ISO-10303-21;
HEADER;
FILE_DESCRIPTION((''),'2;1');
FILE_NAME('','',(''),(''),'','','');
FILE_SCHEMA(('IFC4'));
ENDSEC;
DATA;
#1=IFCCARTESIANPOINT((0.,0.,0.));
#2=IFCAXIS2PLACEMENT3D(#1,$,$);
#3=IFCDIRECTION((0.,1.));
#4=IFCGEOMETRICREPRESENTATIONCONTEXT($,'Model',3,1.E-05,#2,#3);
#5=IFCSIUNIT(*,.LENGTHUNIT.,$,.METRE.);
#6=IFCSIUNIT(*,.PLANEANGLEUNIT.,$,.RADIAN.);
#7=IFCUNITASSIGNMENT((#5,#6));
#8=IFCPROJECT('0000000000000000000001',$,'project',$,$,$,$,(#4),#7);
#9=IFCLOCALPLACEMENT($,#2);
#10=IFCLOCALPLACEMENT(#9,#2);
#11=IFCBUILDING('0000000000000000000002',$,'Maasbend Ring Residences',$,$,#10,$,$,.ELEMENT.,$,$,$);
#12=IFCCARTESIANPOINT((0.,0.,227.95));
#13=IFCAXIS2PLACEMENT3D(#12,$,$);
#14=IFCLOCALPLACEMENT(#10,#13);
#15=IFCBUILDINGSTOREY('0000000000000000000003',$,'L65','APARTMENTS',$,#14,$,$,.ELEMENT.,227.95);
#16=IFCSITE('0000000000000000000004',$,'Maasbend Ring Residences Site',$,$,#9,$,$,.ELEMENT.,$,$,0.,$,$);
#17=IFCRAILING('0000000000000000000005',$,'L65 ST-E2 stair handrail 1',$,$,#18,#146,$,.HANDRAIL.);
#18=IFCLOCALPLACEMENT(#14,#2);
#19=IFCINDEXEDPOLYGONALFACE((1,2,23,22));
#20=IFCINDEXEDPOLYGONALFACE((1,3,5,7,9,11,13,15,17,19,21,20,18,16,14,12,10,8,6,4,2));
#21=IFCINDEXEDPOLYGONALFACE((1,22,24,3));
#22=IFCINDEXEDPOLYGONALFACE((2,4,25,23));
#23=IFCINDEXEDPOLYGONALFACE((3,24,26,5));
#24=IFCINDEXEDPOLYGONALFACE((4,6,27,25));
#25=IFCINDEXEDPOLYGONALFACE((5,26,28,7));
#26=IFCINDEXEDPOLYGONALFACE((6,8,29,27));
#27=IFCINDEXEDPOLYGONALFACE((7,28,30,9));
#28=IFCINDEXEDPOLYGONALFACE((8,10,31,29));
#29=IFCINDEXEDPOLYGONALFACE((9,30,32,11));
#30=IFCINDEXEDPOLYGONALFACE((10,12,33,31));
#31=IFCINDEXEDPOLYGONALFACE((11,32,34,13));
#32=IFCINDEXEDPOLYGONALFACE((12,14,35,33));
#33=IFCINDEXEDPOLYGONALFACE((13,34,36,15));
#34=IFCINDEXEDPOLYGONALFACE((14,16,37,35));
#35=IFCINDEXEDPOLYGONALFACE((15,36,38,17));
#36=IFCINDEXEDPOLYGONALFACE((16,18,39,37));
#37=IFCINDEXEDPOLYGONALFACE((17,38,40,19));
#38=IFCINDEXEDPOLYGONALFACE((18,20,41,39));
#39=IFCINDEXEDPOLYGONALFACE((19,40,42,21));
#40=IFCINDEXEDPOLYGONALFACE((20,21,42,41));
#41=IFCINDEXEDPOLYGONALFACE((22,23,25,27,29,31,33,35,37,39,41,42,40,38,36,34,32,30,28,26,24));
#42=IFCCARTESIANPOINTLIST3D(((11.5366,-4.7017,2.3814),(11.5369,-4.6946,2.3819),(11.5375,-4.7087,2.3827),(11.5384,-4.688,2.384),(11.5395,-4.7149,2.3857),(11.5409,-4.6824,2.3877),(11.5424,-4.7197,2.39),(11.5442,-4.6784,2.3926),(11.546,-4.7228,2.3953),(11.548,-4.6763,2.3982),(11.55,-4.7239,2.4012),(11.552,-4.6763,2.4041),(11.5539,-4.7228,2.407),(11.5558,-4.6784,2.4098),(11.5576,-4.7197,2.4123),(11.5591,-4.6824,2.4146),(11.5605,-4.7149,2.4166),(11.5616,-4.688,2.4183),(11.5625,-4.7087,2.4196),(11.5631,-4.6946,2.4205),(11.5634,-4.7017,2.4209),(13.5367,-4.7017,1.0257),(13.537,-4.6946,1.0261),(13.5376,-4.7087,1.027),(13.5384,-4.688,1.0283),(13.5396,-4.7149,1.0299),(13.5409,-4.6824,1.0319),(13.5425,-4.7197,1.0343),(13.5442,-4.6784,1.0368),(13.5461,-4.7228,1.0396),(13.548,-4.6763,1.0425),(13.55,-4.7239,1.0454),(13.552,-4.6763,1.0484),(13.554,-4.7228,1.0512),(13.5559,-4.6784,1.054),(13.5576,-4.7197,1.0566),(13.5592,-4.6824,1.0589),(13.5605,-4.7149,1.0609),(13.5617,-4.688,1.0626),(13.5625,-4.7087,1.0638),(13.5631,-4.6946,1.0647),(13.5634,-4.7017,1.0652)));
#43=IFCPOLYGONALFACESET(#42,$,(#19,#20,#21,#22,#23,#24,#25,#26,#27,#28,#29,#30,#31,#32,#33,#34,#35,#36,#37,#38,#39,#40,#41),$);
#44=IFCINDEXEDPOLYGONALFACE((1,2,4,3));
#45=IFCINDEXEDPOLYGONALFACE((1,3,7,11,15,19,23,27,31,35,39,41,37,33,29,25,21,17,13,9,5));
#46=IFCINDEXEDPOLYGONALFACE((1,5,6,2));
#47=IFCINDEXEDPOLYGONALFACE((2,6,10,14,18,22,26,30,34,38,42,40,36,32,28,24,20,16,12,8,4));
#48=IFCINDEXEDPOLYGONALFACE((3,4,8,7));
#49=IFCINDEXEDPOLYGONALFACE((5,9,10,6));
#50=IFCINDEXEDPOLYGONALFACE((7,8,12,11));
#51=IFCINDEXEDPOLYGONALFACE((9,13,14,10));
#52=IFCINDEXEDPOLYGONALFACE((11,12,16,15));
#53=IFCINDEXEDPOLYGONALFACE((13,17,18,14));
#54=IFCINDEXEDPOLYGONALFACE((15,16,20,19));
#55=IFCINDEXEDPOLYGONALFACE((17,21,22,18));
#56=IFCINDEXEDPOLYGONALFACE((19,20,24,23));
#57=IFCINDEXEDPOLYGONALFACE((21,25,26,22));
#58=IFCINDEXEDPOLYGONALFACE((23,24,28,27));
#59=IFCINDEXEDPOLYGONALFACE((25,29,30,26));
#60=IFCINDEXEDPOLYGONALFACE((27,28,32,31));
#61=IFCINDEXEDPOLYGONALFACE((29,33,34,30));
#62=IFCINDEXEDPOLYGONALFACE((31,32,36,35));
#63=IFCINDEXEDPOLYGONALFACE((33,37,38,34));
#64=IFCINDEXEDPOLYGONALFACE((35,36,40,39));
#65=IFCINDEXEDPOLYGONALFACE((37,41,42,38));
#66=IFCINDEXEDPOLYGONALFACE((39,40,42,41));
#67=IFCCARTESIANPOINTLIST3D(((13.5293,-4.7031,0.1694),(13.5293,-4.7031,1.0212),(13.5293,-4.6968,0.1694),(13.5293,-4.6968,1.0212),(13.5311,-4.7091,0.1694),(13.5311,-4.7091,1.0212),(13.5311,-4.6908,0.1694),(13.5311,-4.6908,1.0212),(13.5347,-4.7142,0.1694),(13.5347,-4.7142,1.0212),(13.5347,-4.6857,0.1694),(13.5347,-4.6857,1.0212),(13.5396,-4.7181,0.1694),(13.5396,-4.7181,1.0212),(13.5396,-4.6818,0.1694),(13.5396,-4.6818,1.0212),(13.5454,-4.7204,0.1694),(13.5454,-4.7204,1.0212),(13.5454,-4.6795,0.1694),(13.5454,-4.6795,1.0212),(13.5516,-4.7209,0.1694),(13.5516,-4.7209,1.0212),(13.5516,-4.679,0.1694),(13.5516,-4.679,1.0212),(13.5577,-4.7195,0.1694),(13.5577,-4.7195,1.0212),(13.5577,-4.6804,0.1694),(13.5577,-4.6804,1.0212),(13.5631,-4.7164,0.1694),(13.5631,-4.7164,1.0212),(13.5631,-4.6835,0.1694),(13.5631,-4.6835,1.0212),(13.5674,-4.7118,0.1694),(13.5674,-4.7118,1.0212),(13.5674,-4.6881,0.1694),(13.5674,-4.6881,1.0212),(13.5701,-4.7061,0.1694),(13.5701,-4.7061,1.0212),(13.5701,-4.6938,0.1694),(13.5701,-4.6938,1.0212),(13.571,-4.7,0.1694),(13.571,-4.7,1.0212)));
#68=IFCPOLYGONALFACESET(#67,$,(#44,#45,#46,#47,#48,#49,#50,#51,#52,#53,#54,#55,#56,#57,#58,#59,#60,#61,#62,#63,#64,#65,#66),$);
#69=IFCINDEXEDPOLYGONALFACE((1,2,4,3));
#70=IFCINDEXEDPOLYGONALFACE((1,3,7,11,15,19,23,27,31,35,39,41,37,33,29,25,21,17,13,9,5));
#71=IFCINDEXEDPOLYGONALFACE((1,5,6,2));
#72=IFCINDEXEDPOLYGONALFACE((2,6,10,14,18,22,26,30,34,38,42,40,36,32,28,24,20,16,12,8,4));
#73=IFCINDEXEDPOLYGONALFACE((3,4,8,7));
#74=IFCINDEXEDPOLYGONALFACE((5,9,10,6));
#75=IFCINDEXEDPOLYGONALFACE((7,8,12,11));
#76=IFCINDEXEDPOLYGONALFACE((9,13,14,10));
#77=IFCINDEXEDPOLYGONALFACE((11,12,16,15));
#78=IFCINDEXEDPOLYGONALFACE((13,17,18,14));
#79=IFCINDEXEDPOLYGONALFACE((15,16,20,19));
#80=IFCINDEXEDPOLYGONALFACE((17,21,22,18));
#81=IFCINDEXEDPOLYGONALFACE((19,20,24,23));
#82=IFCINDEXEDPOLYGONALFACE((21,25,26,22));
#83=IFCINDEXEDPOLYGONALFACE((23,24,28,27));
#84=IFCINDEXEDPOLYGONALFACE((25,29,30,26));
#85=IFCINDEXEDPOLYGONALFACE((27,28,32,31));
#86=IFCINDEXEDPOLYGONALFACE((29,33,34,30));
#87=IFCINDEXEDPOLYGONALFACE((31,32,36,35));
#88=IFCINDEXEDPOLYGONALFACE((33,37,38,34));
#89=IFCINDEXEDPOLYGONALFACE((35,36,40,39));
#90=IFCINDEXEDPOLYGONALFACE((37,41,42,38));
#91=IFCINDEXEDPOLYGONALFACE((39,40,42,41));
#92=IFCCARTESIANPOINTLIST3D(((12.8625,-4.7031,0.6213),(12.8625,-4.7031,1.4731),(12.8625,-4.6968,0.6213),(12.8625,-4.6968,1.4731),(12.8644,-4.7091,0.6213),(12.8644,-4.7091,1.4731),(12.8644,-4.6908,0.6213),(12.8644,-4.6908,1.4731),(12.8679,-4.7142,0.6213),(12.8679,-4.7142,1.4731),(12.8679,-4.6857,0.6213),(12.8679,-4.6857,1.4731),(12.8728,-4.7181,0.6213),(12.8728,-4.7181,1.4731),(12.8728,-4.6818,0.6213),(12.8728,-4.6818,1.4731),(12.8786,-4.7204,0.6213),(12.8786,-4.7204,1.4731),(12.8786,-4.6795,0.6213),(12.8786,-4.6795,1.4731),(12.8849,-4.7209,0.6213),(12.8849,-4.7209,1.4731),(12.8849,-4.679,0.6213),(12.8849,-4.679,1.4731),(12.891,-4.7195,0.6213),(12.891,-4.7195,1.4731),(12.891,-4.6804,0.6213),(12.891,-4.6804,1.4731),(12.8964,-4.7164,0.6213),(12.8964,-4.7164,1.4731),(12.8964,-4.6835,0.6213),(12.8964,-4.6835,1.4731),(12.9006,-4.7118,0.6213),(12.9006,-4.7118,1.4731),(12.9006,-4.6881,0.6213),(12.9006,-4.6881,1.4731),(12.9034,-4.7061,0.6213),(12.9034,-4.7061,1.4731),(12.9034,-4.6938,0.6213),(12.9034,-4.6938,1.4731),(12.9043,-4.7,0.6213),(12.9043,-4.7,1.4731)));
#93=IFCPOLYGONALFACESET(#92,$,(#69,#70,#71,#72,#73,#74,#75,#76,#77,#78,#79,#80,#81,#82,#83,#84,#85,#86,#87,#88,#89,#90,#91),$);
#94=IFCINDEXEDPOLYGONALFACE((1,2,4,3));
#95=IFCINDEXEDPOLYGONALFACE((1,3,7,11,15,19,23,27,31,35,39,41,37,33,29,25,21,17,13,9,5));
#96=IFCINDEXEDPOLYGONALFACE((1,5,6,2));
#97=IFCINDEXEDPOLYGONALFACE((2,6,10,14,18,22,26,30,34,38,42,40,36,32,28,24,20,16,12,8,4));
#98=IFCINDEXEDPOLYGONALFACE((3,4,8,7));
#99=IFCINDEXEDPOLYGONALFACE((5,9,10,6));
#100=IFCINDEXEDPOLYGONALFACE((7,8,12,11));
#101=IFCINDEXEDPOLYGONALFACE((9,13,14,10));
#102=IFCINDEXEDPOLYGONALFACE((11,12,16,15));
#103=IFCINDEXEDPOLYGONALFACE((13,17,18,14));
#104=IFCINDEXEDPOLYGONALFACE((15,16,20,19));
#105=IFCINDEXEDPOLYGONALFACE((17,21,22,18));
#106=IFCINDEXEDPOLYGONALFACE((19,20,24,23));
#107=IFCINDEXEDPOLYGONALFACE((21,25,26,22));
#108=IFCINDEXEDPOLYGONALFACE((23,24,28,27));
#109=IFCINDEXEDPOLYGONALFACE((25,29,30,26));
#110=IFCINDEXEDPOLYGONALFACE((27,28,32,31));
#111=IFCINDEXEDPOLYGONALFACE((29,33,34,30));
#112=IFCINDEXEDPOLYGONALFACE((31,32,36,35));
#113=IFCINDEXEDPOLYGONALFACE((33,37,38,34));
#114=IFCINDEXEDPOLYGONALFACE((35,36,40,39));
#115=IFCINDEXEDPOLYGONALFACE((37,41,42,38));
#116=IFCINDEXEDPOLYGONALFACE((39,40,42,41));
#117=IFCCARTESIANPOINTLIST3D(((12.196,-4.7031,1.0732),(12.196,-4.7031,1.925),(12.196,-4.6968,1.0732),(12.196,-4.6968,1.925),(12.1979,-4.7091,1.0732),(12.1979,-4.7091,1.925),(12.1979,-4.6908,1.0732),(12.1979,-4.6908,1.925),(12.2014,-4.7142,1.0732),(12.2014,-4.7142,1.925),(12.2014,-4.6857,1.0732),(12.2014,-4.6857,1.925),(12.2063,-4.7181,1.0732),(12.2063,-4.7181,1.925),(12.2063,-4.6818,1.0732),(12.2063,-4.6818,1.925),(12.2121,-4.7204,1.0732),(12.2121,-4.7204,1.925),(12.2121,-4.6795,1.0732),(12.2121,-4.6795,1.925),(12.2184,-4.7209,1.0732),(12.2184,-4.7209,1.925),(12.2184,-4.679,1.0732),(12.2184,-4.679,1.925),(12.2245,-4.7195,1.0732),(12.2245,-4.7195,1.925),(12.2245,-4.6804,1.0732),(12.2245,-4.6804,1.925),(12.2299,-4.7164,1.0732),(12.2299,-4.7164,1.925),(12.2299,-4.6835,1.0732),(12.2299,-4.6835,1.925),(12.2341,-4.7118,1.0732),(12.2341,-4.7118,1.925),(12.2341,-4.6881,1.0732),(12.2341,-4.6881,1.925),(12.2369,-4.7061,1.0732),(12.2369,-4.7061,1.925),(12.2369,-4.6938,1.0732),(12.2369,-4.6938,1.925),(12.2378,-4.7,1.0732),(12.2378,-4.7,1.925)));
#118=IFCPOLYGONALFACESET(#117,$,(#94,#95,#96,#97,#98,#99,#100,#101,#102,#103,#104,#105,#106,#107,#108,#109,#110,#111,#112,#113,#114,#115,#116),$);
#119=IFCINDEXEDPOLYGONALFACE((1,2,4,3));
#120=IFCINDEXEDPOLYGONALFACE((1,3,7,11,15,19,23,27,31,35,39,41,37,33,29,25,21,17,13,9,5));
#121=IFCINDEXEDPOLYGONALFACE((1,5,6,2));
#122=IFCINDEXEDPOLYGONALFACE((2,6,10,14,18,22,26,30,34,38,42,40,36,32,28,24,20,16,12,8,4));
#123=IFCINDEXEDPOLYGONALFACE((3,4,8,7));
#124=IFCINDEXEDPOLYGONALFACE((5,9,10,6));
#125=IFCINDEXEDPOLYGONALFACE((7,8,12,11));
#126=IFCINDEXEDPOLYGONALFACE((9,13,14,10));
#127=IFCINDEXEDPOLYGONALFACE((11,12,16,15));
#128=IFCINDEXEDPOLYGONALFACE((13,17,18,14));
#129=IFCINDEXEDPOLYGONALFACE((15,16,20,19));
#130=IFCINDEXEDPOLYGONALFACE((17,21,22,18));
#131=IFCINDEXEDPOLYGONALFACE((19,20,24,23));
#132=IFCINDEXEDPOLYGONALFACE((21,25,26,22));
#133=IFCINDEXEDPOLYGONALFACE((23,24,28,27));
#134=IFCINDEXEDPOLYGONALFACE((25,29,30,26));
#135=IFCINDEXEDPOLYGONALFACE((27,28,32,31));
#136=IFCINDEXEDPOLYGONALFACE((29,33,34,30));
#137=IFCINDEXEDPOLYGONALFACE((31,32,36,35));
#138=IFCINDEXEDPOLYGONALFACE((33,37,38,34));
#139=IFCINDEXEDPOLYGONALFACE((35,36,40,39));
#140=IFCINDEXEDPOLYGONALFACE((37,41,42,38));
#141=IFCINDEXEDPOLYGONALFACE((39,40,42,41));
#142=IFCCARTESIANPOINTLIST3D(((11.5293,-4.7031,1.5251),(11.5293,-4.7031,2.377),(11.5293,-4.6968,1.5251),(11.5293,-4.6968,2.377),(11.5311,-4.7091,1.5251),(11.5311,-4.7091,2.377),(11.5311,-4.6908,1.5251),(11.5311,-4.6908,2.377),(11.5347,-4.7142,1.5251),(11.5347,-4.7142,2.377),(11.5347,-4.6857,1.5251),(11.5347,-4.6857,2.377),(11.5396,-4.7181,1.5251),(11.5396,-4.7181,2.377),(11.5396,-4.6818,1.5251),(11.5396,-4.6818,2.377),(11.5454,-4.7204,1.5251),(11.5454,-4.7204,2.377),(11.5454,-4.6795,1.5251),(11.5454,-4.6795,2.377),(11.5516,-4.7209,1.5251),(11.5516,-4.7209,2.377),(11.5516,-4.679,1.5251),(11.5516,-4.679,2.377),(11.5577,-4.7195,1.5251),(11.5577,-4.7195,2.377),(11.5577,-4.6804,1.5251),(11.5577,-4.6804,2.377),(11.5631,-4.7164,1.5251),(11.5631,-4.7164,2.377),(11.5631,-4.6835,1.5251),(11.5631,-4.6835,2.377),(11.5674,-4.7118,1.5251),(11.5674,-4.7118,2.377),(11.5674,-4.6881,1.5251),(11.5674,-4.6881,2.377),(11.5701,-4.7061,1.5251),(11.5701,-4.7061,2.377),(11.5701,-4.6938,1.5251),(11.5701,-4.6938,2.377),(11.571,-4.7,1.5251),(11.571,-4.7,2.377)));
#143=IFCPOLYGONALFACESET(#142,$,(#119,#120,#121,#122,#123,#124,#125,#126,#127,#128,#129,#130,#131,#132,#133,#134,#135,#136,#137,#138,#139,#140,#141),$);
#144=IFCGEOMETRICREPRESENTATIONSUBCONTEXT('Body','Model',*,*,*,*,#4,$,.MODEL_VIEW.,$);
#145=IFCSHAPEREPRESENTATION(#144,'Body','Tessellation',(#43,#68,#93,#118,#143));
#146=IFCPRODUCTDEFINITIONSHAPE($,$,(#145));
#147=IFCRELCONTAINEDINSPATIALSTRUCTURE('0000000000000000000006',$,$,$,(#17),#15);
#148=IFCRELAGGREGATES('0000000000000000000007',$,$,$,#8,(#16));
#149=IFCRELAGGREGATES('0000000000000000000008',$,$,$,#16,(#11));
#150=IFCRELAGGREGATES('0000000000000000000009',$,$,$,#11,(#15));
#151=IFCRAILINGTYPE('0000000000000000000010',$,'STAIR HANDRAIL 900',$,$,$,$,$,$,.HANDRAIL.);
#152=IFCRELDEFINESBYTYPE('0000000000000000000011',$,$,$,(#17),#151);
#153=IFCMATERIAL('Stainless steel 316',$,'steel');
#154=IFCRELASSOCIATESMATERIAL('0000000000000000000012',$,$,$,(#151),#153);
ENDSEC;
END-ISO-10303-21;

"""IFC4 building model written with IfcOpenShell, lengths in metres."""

from ifc_helpers import new_model, si_unit, direction, frame, origin, origin_2d, place, context, subcontext, project, spatial, circle, extrude, material, type_object, element, save


model = new_model("IFC4")

# Units and contexts
model_context = context("Model", 3, precision=1e-05, world=origin(), true_north=direction((0.0, 1.0)))
body_context = subcontext(model_context, "Body", "Model", "MODEL_VIEW")
ifc_project = project(units=[si_unit("LENGTHUNIT", "METRE"), si_unit("PLANEANGLEUNIT", "RADIAN")], contexts=[model_context])

# Site, building, storey
site_placement = place(None, origin())
site = spatial("IfcSite", under=ifc_project, at=site_placement, Name="Maasbend Ring Residences Site", CompositionType="ELEMENT", RefElevation=0.0)
building_placement = place(site_placement, origin())
building = spatial("IfcBuilding", under=site, at=building_placement, Name="Maasbend Ring Residences", CompositionType="ELEMENT")
storey_placement = place(building_placement, frame((0.0, 0.0, 227.95)))
storey = spatial("IfcBuildingStorey", under=building, at=storey_placement, Name="L65", Description="APARTMENTS", CompositionType="ELEMENT", Elevation=227.95)

# Railing
ifc_material_1 = material(Name="Stainless steel 316", Category="steel")
railing_type_1 = type_object("IfcRailingType", Name="STAIR HANDRAIL 900", PredefinedType="HANDRAIL", material=ifc_material_1)
railing_1_placement = place(storey_placement, frame((13.55, -4.7, 0.1694)))
element("IfcRailing", 1, at=railing_1_placement, inside=storey, type_object=railing_type_1, Name="L65 ST-E2 stair handrail 1", PredefinedType="HANDRAIL", context=body_context, shape_type="SweptSolid", body=[
    extrude(circle(Radius=0.0239, at=origin_2d()), frame((0.0, 0.0, 0.876), z_axis=(-0.827751, 0.0, 0.561096), x_axis=(0.0, -1.0, 0.0)), (0.0, 0.0, 1.0), 2.4163),
    extrude(circle(Radius=0.021, at=origin_2d()), origin(), (0.0, 0.0, 1.0), 0.8518),
    extrude(circle(Radius=0.021, at=origin_2d()), frame((-0.6667, 0.0, 0.4519)), (0.0, 0.0, 1.0), 0.8518),
    extrude(circle(Radius=0.021, at=origin_2d()), frame((-1.3333, 0.0, 0.9038)), (0.0, 0.0, 1.0), 0.8518),
    extrude(circle(Radius=0.021, at=origin_2d()), frame((-2.0, 0.0, 1.3557)), (0.0, 0.0, 1.0), 0.8518),
])

save(model, "model.ifc")
